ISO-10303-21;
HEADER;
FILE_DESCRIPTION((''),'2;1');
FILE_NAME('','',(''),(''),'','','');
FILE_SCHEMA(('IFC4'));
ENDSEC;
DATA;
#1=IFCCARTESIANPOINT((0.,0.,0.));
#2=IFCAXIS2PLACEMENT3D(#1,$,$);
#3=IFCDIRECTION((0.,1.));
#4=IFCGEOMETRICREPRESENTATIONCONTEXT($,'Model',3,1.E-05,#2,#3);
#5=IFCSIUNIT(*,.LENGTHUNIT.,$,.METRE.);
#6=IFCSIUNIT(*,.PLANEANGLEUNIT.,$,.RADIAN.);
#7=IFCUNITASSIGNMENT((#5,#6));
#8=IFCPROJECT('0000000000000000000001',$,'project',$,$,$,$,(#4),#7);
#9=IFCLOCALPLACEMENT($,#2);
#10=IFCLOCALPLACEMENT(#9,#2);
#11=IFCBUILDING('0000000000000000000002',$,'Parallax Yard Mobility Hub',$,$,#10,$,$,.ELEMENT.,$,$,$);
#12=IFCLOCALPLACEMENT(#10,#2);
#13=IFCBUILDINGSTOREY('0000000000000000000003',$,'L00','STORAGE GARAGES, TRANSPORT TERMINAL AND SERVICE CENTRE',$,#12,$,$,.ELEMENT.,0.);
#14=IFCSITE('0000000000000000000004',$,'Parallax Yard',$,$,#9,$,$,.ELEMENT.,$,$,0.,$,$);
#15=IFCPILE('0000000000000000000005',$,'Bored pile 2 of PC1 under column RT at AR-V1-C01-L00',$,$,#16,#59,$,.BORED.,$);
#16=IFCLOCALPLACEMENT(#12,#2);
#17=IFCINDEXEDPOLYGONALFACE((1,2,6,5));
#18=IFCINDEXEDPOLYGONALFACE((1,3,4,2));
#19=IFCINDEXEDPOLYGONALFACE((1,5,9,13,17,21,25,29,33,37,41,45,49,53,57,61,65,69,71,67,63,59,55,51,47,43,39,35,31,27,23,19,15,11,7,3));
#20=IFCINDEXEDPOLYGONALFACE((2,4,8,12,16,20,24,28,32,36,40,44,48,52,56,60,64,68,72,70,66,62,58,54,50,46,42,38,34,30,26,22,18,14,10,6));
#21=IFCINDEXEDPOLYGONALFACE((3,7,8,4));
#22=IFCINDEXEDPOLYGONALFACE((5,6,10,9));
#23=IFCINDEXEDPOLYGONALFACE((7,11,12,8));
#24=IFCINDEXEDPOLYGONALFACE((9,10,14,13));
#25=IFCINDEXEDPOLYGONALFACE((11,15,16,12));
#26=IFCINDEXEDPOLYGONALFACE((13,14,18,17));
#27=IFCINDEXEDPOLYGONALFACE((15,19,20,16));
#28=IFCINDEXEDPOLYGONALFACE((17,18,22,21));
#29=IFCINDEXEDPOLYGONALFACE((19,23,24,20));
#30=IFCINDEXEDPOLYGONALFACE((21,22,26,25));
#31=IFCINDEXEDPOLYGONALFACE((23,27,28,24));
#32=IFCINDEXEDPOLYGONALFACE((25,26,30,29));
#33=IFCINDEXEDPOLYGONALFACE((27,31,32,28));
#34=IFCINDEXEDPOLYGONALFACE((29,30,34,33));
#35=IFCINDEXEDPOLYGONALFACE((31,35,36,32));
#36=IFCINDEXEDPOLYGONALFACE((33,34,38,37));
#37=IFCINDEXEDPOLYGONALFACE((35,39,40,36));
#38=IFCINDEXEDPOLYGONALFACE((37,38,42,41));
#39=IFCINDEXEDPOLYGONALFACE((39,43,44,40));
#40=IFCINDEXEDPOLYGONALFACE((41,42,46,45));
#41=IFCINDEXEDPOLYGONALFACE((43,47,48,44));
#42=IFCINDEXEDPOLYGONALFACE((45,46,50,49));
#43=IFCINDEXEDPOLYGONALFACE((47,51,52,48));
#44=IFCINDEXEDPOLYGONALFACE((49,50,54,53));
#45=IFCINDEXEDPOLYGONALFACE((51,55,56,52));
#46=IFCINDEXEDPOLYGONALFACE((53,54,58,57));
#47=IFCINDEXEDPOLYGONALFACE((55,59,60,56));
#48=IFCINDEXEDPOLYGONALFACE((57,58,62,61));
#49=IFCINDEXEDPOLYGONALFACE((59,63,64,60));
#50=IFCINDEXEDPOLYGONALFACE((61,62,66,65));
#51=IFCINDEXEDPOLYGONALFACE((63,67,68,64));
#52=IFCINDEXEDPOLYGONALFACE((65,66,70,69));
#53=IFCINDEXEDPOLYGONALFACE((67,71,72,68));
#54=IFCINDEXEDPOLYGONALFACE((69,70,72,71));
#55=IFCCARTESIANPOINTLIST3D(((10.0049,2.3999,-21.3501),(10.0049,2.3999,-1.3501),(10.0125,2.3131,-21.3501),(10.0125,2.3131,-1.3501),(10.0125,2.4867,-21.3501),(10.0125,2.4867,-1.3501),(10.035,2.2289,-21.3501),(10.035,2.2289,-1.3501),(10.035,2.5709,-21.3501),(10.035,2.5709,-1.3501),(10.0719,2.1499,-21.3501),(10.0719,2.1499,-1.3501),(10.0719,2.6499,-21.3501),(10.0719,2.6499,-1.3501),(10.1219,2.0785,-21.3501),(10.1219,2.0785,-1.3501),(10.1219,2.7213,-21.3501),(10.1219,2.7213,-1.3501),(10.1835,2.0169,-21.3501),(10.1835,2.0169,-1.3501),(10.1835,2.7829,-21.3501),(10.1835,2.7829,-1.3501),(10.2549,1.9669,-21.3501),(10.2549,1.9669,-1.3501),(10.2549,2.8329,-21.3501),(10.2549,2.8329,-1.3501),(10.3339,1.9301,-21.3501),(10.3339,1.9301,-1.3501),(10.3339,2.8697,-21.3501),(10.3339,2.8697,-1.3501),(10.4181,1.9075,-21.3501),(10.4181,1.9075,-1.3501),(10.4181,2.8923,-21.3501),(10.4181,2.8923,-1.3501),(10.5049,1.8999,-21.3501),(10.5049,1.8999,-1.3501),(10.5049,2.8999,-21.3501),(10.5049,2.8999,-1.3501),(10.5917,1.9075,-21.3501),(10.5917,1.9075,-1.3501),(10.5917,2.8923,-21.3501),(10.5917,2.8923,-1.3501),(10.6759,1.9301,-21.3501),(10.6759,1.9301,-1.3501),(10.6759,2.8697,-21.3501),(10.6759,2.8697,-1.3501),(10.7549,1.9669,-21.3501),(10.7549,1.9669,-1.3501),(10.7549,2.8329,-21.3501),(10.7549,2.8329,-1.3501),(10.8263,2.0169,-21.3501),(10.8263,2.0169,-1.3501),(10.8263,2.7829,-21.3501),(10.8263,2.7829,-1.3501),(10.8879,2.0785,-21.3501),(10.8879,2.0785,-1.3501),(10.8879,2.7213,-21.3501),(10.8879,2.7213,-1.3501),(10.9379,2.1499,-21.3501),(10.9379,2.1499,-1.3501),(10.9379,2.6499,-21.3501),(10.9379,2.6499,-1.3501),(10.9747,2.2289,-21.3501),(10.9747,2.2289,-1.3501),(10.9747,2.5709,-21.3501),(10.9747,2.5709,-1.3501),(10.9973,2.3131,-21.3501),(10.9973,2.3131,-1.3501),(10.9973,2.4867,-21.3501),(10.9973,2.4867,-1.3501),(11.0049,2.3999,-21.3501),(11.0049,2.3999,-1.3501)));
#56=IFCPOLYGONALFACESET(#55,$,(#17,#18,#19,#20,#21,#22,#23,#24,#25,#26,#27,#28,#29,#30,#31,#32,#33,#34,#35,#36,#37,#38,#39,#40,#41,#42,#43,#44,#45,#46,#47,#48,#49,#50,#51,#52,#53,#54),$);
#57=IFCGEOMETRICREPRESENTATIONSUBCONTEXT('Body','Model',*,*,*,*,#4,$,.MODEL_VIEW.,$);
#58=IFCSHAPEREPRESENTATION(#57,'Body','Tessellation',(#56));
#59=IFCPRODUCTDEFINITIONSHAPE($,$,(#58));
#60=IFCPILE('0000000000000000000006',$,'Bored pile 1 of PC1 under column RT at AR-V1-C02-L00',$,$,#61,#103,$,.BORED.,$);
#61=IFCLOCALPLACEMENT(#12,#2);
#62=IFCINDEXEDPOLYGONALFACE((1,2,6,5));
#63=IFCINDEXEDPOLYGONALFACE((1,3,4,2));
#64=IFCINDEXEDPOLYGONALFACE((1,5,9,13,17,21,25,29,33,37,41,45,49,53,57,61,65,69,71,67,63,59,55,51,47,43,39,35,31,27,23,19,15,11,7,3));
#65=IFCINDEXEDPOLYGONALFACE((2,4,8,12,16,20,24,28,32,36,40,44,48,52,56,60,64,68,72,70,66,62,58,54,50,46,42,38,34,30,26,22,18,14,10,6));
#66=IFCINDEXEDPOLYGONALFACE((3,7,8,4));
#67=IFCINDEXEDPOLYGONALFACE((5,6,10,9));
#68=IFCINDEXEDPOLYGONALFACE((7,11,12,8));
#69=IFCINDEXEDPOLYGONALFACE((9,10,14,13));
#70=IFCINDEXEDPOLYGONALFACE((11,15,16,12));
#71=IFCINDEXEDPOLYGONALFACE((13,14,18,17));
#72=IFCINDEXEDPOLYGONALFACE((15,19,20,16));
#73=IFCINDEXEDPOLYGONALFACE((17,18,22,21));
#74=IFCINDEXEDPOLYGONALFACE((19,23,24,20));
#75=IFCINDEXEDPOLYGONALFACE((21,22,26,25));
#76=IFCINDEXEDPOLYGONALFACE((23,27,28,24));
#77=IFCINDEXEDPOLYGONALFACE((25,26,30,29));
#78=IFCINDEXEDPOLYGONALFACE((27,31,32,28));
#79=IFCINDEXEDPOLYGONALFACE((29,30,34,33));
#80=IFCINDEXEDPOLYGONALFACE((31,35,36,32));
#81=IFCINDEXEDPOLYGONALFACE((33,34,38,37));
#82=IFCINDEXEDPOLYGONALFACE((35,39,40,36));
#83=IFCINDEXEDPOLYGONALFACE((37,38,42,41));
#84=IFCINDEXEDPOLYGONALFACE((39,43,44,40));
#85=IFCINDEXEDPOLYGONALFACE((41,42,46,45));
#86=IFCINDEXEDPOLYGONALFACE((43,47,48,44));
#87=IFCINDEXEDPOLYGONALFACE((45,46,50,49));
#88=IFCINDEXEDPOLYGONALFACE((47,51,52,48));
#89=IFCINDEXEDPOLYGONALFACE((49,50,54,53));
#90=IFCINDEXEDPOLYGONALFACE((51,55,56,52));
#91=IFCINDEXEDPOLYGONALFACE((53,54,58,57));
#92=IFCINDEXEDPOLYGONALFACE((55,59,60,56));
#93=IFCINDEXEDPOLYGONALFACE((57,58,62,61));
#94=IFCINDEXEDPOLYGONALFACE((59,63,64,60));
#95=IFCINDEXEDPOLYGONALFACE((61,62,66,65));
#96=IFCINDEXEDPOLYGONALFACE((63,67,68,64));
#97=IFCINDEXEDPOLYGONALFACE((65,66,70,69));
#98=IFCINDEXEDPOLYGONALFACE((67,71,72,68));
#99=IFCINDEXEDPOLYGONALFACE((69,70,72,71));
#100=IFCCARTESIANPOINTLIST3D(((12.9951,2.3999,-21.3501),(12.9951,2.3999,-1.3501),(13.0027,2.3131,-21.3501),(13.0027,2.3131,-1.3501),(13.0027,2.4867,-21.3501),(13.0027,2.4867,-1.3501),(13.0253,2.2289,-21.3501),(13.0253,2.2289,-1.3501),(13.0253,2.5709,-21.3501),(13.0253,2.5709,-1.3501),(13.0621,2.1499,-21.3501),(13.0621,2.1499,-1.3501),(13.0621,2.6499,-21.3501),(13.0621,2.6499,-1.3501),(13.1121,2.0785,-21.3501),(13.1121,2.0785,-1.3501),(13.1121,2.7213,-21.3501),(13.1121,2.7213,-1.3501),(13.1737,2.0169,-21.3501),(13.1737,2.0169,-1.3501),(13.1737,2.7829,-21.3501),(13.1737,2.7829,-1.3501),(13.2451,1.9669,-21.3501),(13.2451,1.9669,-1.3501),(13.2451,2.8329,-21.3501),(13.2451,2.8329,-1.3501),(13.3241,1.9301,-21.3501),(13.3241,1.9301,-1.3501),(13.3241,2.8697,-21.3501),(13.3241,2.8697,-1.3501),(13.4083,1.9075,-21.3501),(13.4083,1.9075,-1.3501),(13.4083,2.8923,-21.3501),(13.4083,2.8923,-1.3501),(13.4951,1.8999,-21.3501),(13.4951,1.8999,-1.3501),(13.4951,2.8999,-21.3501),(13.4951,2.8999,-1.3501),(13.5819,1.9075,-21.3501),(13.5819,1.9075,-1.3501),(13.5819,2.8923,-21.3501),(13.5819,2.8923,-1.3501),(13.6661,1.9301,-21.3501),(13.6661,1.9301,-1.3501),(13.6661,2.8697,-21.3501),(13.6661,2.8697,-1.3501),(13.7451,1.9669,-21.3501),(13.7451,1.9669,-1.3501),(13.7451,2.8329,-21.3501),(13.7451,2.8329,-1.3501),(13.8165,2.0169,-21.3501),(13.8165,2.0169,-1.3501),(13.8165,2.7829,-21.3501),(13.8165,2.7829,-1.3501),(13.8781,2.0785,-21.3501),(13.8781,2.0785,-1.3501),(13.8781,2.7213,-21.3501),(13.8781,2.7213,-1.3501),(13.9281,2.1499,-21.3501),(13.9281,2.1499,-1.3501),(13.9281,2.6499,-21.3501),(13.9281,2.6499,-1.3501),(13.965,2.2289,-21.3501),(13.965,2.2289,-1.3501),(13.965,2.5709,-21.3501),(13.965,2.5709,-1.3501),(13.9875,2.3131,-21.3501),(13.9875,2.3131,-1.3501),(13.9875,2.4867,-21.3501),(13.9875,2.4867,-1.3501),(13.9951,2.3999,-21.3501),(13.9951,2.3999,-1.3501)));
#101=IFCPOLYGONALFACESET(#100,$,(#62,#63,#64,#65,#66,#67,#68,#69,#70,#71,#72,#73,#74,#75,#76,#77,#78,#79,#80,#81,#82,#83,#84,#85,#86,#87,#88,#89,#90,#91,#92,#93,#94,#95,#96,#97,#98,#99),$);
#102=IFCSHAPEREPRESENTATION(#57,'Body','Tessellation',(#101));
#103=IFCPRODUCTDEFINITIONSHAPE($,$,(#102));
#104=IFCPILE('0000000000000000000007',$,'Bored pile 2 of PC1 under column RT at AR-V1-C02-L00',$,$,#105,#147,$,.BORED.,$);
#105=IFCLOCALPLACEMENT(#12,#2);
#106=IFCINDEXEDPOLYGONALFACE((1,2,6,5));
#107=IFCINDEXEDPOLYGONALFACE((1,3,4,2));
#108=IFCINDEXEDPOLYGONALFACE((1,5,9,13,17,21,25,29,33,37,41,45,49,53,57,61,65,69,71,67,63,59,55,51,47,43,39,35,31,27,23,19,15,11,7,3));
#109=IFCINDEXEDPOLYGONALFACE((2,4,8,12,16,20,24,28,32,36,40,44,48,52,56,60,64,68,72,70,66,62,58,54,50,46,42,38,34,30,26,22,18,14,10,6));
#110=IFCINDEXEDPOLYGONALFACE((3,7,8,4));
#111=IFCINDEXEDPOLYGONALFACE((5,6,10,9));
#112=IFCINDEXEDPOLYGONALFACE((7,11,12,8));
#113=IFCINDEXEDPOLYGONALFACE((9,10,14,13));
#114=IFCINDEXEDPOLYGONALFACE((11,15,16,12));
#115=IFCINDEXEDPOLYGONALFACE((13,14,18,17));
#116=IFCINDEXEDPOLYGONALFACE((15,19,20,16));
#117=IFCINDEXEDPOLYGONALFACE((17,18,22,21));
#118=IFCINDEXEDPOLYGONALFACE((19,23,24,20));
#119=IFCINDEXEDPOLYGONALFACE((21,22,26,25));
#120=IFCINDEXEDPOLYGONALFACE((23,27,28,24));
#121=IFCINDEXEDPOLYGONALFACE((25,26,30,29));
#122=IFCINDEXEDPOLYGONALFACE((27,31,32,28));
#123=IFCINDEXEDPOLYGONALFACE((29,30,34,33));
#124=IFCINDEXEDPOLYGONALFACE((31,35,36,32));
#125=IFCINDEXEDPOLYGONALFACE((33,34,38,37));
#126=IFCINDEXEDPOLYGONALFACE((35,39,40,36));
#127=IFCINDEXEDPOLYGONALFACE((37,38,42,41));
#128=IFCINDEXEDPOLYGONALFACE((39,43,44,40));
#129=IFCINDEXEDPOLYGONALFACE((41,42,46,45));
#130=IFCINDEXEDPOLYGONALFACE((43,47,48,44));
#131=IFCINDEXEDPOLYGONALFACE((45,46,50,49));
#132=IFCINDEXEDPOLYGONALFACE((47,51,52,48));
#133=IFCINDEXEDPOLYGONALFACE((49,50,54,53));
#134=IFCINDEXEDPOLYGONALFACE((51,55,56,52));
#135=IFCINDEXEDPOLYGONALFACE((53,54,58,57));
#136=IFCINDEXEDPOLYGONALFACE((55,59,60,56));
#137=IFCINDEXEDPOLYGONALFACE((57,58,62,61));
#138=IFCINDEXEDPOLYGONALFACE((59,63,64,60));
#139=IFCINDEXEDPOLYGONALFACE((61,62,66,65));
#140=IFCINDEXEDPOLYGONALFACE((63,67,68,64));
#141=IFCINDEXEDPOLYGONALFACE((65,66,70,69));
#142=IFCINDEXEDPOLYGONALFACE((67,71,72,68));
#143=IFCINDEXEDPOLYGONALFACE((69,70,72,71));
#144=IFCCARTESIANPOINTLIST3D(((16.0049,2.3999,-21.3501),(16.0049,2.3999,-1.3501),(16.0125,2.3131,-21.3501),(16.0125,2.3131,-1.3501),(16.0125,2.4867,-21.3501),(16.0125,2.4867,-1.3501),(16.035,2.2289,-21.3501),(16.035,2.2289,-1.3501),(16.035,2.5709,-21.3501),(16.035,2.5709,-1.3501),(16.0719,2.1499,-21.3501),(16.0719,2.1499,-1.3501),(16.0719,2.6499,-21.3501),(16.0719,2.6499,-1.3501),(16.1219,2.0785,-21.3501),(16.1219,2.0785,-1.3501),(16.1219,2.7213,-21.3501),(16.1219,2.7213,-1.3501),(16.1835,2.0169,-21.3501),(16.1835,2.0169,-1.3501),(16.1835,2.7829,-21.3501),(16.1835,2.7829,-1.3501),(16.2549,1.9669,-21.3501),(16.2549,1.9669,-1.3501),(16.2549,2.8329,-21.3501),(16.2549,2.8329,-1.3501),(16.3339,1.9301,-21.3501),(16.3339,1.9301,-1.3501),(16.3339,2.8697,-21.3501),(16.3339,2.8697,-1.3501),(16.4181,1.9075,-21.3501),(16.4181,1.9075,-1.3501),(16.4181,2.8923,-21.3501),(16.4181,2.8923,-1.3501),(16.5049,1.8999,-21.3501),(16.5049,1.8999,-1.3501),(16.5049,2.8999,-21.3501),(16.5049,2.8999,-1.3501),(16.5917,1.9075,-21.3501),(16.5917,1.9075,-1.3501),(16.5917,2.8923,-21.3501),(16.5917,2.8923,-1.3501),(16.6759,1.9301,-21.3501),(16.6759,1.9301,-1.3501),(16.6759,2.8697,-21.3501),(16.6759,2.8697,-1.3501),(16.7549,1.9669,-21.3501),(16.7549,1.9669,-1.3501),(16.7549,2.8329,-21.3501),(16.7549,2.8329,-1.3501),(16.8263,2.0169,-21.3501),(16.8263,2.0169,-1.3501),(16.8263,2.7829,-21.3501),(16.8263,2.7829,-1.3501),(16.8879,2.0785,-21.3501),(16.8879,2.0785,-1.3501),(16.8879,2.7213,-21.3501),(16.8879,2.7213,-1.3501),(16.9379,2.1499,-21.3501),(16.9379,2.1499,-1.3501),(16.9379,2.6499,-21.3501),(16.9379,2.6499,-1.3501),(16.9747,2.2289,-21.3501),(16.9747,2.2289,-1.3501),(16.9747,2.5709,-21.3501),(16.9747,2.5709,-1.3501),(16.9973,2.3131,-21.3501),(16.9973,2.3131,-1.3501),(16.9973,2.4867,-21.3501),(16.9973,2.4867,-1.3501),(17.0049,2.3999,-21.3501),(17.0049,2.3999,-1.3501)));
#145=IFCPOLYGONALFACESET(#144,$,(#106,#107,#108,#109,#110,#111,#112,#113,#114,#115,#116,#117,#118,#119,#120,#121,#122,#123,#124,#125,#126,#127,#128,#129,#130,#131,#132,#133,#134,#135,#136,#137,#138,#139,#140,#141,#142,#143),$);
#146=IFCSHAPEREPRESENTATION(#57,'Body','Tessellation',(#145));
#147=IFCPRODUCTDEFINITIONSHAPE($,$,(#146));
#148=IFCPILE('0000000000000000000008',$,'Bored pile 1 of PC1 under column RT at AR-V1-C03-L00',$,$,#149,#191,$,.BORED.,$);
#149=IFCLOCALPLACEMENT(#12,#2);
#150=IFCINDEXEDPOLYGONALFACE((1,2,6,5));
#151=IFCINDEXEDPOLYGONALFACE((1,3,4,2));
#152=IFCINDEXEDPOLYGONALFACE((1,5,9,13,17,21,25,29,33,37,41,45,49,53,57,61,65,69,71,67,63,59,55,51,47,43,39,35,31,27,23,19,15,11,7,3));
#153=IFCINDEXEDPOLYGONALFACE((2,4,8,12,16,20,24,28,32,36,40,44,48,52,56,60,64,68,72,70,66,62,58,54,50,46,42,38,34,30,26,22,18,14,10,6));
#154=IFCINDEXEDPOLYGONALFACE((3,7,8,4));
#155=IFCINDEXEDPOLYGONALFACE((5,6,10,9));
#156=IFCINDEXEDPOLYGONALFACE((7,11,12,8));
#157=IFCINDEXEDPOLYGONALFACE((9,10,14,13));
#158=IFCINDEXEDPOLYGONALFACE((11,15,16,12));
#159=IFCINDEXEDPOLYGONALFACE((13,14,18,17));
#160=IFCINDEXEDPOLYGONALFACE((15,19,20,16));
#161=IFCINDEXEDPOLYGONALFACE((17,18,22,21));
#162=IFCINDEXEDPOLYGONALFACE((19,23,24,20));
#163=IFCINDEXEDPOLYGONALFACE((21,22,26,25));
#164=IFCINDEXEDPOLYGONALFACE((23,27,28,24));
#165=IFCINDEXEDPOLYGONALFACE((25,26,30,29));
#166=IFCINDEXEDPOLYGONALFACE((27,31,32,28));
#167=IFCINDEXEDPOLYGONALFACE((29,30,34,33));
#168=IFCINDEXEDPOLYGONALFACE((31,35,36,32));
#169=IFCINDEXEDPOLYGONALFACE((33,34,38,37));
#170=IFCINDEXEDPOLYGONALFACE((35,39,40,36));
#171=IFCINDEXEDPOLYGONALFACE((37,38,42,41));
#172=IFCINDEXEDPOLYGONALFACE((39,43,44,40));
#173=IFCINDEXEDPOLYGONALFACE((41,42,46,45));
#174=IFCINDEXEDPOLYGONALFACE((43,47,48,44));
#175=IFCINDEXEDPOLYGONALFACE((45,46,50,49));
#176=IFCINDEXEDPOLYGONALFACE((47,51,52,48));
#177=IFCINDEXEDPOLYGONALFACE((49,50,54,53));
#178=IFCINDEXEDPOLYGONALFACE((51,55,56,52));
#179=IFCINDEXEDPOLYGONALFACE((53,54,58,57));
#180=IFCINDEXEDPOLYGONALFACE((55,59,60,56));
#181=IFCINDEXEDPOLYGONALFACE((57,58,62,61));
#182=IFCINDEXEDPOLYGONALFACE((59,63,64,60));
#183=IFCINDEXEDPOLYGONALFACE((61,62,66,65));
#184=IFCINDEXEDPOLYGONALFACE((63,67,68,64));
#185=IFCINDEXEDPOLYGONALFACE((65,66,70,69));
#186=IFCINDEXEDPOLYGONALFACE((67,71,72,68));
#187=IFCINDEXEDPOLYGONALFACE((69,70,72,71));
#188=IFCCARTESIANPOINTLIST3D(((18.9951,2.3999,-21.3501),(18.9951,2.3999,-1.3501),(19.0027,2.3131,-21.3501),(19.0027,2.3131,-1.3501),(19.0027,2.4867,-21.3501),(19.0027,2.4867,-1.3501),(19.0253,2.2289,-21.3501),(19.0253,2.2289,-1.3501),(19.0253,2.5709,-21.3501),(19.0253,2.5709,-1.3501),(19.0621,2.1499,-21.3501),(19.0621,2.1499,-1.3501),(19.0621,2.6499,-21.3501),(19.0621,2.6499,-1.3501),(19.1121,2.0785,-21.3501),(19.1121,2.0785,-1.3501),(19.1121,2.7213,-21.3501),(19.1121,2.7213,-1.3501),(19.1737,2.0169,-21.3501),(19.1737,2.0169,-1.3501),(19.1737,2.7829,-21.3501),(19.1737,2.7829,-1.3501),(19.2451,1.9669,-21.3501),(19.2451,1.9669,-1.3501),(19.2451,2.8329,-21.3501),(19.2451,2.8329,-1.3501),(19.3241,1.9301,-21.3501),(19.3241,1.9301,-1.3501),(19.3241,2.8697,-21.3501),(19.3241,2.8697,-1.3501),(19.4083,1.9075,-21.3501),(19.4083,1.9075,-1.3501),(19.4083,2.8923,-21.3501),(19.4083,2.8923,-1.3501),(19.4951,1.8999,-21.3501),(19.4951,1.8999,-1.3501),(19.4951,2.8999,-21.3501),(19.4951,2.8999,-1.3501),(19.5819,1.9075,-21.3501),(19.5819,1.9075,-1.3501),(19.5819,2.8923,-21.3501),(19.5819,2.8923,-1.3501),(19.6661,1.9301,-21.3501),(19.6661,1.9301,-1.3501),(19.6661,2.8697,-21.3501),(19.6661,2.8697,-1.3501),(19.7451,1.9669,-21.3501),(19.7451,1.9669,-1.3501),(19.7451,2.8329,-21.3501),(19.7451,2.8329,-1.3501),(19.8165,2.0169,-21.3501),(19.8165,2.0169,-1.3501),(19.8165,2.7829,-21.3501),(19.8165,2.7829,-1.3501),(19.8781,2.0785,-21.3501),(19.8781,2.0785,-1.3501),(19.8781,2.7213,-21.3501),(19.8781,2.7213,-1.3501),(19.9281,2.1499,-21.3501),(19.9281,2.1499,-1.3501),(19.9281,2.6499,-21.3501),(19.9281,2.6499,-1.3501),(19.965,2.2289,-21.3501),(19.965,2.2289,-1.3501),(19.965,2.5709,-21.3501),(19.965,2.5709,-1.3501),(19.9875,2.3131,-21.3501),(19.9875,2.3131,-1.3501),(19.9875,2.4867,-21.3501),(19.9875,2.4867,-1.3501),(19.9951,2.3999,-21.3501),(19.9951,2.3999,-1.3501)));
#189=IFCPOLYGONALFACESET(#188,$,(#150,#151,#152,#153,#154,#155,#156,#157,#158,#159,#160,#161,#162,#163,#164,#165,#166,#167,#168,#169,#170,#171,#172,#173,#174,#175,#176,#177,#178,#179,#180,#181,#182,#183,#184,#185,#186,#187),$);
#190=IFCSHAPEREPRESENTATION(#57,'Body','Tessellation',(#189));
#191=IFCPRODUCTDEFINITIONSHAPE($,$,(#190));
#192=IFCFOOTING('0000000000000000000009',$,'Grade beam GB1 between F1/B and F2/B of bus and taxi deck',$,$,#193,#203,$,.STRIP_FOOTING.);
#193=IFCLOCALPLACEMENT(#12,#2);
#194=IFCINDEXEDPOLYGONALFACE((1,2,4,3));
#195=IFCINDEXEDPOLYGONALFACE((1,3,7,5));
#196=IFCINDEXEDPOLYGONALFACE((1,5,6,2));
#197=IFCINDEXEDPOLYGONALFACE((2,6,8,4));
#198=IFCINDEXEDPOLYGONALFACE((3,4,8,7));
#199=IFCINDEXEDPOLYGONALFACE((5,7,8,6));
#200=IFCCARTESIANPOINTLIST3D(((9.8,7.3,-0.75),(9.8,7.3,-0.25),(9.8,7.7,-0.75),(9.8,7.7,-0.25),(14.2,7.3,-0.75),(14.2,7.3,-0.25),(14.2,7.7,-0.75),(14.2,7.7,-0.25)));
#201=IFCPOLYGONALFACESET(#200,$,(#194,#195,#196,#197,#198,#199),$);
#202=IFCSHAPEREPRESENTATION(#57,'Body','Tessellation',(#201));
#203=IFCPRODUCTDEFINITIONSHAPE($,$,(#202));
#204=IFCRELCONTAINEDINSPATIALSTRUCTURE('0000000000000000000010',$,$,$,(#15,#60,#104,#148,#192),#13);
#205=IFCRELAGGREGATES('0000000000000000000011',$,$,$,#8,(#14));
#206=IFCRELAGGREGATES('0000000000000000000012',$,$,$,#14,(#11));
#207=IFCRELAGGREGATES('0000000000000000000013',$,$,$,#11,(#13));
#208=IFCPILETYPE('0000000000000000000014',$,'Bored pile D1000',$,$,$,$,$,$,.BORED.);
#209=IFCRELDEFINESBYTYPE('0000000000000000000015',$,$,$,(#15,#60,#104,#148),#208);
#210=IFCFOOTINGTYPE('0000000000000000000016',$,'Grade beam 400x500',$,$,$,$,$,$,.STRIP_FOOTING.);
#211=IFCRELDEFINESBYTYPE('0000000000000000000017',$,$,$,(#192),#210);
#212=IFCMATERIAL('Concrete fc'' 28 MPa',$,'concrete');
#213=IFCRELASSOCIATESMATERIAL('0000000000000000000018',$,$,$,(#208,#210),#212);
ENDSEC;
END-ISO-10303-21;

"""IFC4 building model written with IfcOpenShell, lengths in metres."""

from ifc_helpers import new_model, si_unit, direction, frame, origin, origin_2d, place, context, subcontext, project, spatial, rectangle, circle, extrude, material, material_profile, profile_set, type_object, element, save


model = new_model("IFC4")

# Units and contexts
model_context = context("Model", 3, precision=1e-05, world=origin(), true_north=direction((0.0, 1.0)))
body_context = subcontext(model_context, "Body", "Model", "MODEL_VIEW")
ifc_project = project(units=[si_unit("LENGTHUNIT", "METRE"), si_unit("PLANEANGLEUNIT", "RADIAN")], contexts=[model_context])

# Site, building, storey
site_placement = place(None, origin())
site = spatial("IfcSite", under=ifc_project, at=site_placement, Name="Parallax Yard", CompositionType="ELEMENT", RefElevation=0.0)
building_placement = place(site_placement, origin())
building = spatial("IfcBuilding", under=site, at=building_placement, Name="Parallax Yard Mobility Hub", CompositionType="ELEMENT")
storey_placement = place(building_placement, origin())
storey = spatial("IfcBuildingStorey", under=building, at=storey_placement, Name="L00", Description="STORAGE GARAGES, TRANSPORT TERMINAL AND SERVICE CENTRE", CompositionType="ELEMENT", Elevation=0.0)

# Piles
ifc_material_1 = material(Name="Concrete fc' 28 MPa", Category="concrete")
ifc_material_profile_1 = material_profile(ifc_material_1, circle(Radius=0.5, at=origin_2d()), Name="Bored pile D1000")
ifc_profile_set_1 = profile_set([ifc_material_profile_1], Name="Concrete fc' 28 MPa")
pile_type = type_object("IfcPileType", Name="Bored pile D1000", PredefinedType="BORED", material=ifc_profile_set_1)
for number, where, z_axis, x_axis, name in (
    (1, (10.5049, 2.3999, -1.3501), (0.0, 0.0, -1.0), (1.0, 0.0, 0.0), "Bored pile 2 of PC1 under column RT at AR-V1-C01-L00"),
    (2, (13.4951, 2.3999, -1.3501), (0.0, 0.0, -1.0), (1.0, 0.0, 0.0), "Bored pile 1 of PC1 under column RT at AR-V1-C02-L00"),
    (3, (16.5049, 2.3999, -1.3501), (0.0, 0.0, -1.0), (1.0, 0.0, 0.0), "Bored pile 2 of PC1 under column RT at AR-V1-C02-L00"),
    (4, (19.4951, 2.3999, -1.3501), (0.0, 0.0, -1.0), (1.0, 0.0, 0.0), "Bored pile 1 of PC1 under column RT at AR-V1-C03-L00"),
):
    element("IfcPile", number, at=place(storey_placement, frame(where, z_axis=z_axis, x_axis=x_axis)), inside=storey, type_object=pile_type, Name=name, PredefinedType="BORED", context=body_context, shape_type="SweptSolid", body=[
        extrude(circle(Radius=0.5, at=origin_2d()), origin(), (0.0, 0.0, 1.0), 20.0),
    ])

# Footing
ifc_material_profile_2 = material_profile(ifc_material_1, rectangle(XDim=0.3999, YDim=0.5, at=origin_2d()), Name="Grade beam 400x500")
ifc_profile_set_2 = profile_set([ifc_material_profile_2], Name="Concrete fc' 28 MPa")
footing_type_1 = type_object("IfcFootingType", Name="Grade beam 400x500", PredefinedType="STRIP_FOOTING", material=ifc_profile_set_2)
for number, where, z_axis, x_axis, name in (
    (5, (9.8, 7.5, -0.5), (1.0, 0.0, 0.0), (0.0, 1.0, 0.0), "Grade beam GB1 between F1/B and F2/B of bus and taxi deck"),
):
    element("IfcFooting", number, at=place(storey_placement, frame(where, z_axis=z_axis, x_axis=x_axis)), inside=storey, type_object=footing_type_1, Name=name, PredefinedType="STRIP_FOOTING", context=body_context, shape_type="SweptSolid", body=[
        extrude(rectangle(XDim=0.3999, YDim=0.5, at=origin_2d()), origin(), (0.0, 0.0, 1.0), 4.3999),
    ])

save(model, "model.ifc")
